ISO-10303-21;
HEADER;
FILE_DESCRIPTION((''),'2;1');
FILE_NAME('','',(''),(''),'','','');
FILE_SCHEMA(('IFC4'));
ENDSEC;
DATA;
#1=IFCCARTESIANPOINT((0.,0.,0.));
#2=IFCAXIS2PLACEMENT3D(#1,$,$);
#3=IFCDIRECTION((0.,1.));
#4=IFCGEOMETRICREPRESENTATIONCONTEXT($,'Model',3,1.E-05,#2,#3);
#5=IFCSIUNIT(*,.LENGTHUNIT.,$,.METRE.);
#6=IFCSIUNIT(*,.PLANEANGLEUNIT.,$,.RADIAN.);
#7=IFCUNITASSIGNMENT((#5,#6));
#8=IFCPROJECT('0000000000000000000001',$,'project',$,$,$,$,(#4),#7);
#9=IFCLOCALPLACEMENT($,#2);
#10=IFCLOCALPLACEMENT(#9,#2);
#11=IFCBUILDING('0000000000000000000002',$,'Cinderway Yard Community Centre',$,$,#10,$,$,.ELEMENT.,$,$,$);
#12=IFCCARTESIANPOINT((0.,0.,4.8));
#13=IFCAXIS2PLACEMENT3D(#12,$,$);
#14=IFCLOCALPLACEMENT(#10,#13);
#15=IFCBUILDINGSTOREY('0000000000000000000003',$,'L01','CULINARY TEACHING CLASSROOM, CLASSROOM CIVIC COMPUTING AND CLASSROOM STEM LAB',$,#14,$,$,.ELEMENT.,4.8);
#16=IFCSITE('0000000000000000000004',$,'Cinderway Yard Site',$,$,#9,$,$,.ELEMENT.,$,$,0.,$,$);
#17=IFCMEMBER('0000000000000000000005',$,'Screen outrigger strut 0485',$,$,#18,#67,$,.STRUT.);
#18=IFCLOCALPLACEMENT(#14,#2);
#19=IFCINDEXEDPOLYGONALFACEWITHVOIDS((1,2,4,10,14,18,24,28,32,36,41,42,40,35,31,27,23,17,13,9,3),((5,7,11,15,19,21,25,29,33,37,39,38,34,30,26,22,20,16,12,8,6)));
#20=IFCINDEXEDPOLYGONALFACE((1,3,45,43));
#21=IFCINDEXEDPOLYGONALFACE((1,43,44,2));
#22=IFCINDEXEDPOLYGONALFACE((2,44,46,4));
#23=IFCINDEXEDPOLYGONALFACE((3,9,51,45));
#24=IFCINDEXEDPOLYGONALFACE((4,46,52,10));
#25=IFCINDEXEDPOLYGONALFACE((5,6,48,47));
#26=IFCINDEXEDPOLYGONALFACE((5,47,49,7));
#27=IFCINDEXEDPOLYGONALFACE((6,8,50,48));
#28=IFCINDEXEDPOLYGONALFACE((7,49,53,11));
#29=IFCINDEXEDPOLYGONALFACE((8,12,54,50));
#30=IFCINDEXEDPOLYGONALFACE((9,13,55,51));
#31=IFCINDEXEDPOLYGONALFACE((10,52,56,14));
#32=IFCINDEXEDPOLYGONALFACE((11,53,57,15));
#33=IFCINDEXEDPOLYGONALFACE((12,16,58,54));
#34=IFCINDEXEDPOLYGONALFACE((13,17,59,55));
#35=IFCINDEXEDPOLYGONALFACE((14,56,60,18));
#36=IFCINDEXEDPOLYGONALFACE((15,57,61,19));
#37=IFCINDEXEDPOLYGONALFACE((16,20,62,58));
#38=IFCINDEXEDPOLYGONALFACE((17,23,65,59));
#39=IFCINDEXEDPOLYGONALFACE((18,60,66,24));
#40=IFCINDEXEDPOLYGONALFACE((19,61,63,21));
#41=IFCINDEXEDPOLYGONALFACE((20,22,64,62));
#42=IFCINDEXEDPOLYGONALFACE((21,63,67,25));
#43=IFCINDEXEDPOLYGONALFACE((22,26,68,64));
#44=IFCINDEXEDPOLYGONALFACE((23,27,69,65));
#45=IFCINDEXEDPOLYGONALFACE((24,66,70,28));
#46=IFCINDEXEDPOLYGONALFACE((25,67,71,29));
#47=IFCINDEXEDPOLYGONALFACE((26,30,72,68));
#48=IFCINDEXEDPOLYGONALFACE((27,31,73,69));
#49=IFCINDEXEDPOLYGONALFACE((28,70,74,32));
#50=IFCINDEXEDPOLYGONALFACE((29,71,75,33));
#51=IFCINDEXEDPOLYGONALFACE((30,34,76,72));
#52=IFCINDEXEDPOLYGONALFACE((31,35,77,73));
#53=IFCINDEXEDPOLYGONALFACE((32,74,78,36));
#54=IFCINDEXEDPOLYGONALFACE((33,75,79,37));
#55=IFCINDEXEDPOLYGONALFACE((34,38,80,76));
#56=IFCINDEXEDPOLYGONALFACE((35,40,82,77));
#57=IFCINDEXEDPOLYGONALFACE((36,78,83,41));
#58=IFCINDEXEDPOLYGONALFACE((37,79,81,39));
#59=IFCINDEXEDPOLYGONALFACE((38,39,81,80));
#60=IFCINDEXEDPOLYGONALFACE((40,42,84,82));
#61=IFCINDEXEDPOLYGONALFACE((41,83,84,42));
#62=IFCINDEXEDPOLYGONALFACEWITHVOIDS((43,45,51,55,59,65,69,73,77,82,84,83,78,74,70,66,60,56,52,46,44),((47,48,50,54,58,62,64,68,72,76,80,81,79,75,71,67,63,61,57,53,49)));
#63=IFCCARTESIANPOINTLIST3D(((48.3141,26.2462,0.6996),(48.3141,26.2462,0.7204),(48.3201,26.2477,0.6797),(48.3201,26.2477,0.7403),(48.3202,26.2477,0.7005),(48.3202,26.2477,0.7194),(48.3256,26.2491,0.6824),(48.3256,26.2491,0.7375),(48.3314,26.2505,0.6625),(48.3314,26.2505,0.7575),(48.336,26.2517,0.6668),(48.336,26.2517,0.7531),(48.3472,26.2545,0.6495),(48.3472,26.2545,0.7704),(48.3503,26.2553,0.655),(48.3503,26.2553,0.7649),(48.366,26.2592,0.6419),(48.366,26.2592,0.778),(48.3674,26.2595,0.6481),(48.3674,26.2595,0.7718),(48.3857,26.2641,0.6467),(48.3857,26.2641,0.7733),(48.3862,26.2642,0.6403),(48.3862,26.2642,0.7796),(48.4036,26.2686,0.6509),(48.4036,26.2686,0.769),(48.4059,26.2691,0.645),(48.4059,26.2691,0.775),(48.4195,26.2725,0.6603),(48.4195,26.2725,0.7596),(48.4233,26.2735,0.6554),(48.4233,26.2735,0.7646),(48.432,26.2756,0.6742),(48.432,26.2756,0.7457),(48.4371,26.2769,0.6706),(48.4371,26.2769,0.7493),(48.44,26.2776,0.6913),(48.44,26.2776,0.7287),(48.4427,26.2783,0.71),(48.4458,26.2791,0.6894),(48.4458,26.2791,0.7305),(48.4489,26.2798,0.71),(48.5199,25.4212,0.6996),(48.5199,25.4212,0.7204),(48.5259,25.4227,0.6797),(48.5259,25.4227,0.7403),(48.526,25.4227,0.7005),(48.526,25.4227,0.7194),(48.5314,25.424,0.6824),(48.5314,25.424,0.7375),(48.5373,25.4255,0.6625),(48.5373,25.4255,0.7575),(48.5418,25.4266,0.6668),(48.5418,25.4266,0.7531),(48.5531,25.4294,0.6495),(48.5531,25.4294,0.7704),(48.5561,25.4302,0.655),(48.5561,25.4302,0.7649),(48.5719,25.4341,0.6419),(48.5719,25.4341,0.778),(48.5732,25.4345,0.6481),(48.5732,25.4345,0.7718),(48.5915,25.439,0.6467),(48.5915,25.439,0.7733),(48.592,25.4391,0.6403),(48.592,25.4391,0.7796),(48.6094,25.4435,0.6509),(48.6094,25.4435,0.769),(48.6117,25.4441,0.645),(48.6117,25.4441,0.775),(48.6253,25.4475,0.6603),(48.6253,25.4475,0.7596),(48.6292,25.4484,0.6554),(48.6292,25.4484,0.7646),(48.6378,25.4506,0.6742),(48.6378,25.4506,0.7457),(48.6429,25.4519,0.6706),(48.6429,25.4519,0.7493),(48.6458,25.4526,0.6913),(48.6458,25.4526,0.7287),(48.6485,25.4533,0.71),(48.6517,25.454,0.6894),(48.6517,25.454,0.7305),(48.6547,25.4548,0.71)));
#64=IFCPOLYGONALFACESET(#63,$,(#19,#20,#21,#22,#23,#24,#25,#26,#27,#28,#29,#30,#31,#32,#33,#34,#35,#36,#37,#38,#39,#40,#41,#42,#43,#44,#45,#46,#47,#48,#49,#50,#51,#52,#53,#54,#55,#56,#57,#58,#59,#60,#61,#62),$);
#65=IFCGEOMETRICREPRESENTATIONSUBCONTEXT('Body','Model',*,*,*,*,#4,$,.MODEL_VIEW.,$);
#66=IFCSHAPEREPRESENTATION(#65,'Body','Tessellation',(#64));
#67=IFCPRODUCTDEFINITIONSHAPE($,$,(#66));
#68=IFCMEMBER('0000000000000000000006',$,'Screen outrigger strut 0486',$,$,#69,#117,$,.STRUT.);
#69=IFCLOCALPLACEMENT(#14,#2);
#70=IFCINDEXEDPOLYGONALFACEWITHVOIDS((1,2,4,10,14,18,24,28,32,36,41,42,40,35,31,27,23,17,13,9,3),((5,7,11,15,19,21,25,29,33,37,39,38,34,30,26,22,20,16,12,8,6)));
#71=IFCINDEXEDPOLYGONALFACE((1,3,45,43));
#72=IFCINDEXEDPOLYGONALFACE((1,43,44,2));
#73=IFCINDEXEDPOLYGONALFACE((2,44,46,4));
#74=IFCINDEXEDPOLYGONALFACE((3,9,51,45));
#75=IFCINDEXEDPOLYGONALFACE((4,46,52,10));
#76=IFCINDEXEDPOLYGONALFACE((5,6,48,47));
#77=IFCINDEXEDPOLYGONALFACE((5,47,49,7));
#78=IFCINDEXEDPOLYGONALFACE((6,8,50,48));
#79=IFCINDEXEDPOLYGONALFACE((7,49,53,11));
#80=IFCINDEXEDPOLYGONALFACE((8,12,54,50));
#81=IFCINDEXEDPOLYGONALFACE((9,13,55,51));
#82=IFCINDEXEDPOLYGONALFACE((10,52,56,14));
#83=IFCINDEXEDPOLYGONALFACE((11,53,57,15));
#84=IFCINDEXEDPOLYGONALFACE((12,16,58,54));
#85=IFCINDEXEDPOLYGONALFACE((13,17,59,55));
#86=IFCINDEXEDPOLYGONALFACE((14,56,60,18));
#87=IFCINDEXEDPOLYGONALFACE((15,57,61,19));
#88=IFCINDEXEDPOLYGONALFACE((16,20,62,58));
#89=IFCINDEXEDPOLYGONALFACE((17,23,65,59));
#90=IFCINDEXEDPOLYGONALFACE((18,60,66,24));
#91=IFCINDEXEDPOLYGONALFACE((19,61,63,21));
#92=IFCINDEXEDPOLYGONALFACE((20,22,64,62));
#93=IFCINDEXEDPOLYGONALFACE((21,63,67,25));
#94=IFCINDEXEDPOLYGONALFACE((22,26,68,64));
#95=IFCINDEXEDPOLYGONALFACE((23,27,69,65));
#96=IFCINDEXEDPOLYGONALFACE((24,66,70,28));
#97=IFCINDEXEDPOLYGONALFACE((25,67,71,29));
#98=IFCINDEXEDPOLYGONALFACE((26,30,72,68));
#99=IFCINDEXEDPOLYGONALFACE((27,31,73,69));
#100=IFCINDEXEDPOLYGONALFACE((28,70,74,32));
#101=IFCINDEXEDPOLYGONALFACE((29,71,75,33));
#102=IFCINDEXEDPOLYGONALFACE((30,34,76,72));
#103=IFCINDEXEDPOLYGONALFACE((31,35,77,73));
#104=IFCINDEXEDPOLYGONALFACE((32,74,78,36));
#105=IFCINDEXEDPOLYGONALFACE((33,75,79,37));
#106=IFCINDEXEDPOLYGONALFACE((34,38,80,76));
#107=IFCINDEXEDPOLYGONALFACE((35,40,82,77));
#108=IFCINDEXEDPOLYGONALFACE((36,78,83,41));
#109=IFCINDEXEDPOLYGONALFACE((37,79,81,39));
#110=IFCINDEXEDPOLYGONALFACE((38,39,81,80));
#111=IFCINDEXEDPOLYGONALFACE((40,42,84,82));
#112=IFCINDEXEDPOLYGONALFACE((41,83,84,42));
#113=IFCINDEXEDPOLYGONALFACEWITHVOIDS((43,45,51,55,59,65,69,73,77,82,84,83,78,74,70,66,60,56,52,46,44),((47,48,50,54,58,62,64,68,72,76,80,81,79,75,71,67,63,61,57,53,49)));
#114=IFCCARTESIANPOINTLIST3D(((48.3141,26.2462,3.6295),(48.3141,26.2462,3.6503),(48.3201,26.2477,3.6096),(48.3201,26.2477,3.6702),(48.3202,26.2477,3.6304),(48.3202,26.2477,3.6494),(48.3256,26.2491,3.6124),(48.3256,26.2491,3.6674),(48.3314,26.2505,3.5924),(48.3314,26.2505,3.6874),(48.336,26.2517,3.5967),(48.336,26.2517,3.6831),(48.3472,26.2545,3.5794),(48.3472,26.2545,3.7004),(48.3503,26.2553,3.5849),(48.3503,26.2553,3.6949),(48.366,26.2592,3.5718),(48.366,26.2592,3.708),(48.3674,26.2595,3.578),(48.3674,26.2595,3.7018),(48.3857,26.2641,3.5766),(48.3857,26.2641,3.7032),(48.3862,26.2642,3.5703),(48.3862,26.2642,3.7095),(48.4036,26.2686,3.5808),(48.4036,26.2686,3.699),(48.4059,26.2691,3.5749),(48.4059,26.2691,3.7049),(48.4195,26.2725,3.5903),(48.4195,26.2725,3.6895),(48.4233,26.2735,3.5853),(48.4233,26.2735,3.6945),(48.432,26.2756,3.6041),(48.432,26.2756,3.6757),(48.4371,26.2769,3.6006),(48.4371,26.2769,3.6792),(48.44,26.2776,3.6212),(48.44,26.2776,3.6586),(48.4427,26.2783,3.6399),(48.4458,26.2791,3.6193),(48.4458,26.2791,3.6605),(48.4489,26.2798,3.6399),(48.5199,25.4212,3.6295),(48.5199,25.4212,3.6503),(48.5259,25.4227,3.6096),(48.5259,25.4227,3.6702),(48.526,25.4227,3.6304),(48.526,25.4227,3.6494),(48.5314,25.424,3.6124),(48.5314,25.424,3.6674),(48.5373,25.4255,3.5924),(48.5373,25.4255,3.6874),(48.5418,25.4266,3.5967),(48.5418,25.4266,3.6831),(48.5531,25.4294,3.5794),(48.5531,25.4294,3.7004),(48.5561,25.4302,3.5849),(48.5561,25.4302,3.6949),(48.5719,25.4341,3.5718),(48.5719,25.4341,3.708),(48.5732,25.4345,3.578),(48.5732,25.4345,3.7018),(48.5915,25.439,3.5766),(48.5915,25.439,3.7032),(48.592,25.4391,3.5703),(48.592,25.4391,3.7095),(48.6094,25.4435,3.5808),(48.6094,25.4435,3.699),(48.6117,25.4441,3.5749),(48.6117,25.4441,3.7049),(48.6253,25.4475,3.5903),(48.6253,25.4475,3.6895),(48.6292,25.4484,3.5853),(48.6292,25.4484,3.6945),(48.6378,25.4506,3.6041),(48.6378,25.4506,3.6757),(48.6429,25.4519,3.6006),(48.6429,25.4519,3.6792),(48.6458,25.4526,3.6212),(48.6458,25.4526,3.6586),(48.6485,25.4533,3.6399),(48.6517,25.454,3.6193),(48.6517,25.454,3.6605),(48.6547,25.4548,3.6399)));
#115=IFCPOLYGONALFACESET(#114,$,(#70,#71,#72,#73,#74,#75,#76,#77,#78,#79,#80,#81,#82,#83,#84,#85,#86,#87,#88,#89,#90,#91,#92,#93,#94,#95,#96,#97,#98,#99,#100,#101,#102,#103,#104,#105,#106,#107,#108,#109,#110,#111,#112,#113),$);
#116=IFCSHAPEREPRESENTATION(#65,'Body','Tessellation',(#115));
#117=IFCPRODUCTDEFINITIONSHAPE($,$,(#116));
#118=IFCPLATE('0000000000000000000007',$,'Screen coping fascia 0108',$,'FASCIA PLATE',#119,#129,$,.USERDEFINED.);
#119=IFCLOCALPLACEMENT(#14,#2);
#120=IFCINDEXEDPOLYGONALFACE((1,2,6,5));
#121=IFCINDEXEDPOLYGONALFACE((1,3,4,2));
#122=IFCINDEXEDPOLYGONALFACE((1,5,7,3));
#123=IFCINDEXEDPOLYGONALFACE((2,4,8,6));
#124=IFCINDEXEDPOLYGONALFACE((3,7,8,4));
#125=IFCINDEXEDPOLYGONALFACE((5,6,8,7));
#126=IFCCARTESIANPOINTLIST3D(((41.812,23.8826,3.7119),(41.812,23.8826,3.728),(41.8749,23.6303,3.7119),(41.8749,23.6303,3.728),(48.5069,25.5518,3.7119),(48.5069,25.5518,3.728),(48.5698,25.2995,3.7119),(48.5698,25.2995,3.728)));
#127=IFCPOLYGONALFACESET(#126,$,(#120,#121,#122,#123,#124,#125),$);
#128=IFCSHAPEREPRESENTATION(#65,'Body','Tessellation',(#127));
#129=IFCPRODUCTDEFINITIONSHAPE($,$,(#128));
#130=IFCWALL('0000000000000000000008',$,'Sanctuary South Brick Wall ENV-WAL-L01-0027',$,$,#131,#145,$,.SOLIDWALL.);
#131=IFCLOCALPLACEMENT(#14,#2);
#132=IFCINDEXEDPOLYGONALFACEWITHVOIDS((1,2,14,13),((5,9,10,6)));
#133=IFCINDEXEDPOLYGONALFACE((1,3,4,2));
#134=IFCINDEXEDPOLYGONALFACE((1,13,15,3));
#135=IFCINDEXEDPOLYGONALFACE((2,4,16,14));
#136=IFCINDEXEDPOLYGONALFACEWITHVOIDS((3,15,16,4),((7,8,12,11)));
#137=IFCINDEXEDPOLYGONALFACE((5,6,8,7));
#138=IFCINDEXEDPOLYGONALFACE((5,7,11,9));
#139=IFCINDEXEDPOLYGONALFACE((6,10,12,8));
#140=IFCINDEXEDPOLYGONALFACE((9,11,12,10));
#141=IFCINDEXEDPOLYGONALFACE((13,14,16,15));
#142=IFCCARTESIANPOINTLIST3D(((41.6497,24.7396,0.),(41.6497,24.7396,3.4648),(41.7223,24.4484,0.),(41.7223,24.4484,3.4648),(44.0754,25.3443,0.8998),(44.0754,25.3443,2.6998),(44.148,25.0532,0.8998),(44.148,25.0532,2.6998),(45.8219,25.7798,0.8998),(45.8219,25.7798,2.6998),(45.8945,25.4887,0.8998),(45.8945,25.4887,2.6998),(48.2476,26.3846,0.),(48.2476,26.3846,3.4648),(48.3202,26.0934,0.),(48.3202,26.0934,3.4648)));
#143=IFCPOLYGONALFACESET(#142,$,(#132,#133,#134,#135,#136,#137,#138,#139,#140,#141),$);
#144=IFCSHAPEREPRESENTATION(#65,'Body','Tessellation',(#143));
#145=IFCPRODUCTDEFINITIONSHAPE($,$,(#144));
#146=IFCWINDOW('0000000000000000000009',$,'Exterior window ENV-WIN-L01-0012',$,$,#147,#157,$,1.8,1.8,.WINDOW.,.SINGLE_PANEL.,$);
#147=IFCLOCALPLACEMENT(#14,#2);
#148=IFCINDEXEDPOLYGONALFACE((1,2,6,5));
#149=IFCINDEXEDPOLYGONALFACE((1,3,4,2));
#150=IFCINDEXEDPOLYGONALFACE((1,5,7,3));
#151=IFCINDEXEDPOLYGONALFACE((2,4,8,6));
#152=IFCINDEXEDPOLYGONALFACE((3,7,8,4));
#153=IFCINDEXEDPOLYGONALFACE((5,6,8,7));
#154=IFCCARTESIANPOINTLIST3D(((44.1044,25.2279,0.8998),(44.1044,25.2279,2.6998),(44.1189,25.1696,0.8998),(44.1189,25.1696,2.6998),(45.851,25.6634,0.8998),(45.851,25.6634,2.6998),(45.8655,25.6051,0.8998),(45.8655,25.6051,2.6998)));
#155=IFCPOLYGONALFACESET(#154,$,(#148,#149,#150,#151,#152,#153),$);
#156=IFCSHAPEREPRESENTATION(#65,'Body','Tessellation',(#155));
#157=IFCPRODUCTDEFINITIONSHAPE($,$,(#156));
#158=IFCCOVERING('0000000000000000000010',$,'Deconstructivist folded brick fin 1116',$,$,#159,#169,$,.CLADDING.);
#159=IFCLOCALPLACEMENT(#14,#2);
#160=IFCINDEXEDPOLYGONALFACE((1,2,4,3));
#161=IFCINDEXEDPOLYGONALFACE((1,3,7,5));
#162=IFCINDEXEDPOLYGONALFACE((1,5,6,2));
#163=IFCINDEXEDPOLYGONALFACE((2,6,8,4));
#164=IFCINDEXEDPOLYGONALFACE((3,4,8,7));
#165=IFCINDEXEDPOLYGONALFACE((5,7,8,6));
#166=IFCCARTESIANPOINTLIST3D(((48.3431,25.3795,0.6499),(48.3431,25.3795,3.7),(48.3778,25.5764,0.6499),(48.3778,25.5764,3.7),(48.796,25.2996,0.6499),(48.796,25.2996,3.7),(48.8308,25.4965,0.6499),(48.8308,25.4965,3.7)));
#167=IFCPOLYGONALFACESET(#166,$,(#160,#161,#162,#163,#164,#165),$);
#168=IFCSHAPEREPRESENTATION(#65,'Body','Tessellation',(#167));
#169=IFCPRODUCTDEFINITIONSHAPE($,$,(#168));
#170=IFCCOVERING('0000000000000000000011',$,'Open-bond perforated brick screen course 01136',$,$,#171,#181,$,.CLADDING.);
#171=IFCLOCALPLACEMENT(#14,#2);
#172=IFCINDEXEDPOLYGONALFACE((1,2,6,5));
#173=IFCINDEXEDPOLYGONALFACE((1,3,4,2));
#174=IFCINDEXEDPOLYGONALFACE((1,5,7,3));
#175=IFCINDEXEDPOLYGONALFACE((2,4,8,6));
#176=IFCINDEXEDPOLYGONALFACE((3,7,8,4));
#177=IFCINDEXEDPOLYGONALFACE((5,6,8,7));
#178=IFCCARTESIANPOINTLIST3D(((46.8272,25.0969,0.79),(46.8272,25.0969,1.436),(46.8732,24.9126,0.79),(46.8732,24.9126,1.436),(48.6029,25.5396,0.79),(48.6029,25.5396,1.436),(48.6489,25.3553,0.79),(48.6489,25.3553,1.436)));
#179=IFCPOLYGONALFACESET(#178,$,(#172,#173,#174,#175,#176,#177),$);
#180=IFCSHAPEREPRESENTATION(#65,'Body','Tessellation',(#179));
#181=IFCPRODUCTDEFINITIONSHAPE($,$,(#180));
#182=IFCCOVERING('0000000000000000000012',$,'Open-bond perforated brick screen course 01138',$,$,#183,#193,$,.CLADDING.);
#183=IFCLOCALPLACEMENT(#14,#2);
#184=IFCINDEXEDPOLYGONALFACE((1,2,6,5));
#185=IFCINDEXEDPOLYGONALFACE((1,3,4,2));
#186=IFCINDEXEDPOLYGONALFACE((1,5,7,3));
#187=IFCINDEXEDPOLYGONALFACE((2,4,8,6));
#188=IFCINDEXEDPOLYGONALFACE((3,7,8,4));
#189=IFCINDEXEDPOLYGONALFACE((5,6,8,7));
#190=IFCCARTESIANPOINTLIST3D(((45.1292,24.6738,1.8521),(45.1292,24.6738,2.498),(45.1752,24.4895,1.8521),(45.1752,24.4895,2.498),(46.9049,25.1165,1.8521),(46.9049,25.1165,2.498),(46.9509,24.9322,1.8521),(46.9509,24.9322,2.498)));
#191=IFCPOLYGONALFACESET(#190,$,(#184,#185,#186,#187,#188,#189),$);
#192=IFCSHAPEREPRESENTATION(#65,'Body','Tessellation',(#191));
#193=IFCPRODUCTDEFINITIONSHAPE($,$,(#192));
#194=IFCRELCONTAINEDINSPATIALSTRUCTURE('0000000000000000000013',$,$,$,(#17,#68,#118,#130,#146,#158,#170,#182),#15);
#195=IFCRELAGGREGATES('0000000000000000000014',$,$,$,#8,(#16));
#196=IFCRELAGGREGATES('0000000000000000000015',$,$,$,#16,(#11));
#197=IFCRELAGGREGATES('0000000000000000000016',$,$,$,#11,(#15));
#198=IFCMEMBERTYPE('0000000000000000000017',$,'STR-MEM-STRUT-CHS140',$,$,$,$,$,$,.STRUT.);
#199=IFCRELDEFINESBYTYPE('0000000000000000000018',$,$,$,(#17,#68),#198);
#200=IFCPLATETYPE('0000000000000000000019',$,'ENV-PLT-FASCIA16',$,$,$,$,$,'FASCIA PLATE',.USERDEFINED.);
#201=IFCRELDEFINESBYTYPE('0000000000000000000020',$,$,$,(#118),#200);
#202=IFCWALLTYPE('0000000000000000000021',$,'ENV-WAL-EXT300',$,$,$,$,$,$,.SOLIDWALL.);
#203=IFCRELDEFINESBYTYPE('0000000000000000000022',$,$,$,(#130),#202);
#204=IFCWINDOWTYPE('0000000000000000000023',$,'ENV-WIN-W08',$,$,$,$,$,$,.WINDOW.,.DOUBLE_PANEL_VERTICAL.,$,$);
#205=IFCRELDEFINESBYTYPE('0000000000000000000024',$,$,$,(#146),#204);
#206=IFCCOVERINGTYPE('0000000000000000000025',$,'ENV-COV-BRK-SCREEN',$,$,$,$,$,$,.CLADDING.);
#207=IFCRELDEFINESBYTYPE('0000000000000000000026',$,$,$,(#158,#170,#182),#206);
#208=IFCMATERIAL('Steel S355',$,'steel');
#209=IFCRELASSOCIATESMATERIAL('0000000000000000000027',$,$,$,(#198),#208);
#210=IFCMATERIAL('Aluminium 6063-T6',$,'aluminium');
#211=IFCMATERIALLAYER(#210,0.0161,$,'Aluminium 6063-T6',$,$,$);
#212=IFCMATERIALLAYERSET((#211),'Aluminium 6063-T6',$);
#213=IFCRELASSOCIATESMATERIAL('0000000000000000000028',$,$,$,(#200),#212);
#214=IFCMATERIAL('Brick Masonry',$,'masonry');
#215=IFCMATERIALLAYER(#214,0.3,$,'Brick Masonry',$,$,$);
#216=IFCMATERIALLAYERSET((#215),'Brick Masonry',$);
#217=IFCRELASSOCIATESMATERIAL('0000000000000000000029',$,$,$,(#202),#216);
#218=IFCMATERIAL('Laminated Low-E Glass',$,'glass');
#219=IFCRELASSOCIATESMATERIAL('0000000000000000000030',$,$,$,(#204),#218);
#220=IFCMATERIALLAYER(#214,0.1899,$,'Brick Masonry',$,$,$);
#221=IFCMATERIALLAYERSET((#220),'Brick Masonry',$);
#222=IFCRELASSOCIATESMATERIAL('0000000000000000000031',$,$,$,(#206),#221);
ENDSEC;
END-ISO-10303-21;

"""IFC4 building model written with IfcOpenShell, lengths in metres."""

from ifc_helpers import new_model, si_unit, direction, frame, frame_2d, origin, origin_2d, place, context, subcontext, project, spatial, rectangle, hollow_circle, extrude, material, layer, layer_set, material_profile, profile_set, type_object, element, fill, save


model = new_model("IFC4")

# Units and contexts
model_context = context("Model", 3, precision=1e-05, world=origin(), true_north=direction((0.0, 1.0)))
body_context = subcontext(model_context, "Body", "Model", "MODEL_VIEW")
ifc_project = project(units=[si_unit("LENGTHUNIT", "METRE"), si_unit("PLANEANGLEUNIT", "RADIAN")], contexts=[model_context])

# Site, building, storey
site_placement = place(None, origin())
site = spatial("IfcSite", under=ifc_project, at=site_placement, Name="Cinderway Yard Site", CompositionType="ELEMENT", RefElevation=0.0)
building_placement = place(site_placement, origin())
building = spatial("IfcBuilding", under=site, at=building_placement, Name="Cinderway Yard Community Centre", CompositionType="ELEMENT")
storey_placement = place(building_placement, frame((0.0, 0.0, 4.8)))
storey = spatial("IfcBuildingStorey", under=building, at=storey_placement, Name="L01", Description="CULINARY TEACHING CLASSROOM, CLASSROOM CIVIC COMPUTING AND CLASSROOM STEM LAB", CompositionType="ELEMENT", Elevation=4.8)

# Shared definitions
ifc_material_1 = material(Name="Steel S355", Category="steel")

# Members
ifc_material_profile_1 = material_profile(ifc_material_1, hollow_circle(Radius=0.0698, WallThickness=0.0063, at=origin_2d()), Name="Steel S355")
ifc_profile_set_1 = profile_set([ifc_material_profile_1], Name="Steel S355")
member_type_1 = type_object("IfcMemberType", Name="STR-MEM-STRUT-CHS140", PredefinedType="STRUT", material=ifc_profile_set_1)
for number, where, z_axis, x_axis, name in (
    (1, (48.3811, 26.2629, 0.71), (0.242063, -0.970261, 0.0), (0.970261, 0.242063, 0.0), "Screen outrigger strut 0485"),
    (2, (48.3811, 26.2629, 3.6399), (0.242063, -0.970261, 0.0), (0.970261, 0.242063, 0.0), "Screen outrigger strut 0486"),
):
    element("IfcMember", number, at=place(storey_placement, frame(where, z_axis=z_axis, x_axis=x_axis)), inside=storey, type_object=member_type_1, Name=name, PredefinedType="STRUT", context=body_context, shape_type="SweptSolid", body=[
        extrude(hollow_circle(Radius=0.0698, WallThickness=0.0063, at=origin_2d()), origin(), (0.0, 0.0, 1.0), 0.8503),
    ])

# Plate
ifc_material_2 = material(Name="Aluminium 6063-T6", Category="aluminium")
ifc_layer_1 = layer(ifc_material_2, 0.0161, Name="Aluminium 6063-T6")
ifc_layer_set_1 = layer_set([ifc_layer_1], Name="Aluminium 6063-T6")
plate_type = type_object("IfcPlateType", Name="ENV-PLT-FASCIA16", ElementType="FASCIA PLATE", PredefinedType="USERDEFINED", material=ifc_layer_set_1)
plate_placement = place(storey_placement, frame((45.1909, 24.5911, 3.7119), z_axis=(0.0, 0.0, 1.0), x_axis=(-0.970296, -0.241922, 0.0)))
element("IfcPlate", 3, at=plate_placement, inside=storey, type_object=plate_type, Name="Screen coping fascia 0108", ObjectType="FASCIA PLATE", PredefinedType="USERDEFINED", context=body_context, shape_type="SweptSolid", body=[
    extrude(rectangle(XDim=6.8999, YDim=0.26, at=origin_2d()), origin(), (0.0, 0.0, 1.0), 0.0161),
])

# Wall, opening, window
ifc_material_3 = material(Name="Brick Masonry", Category="masonry")
ifc_layer_2 = layer(ifc_material_3, 0.3, Name="Brick Masonry")
ifc_layer_set_2 = layer_set([ifc_layer_2], Name="Brick Masonry")
wall_type = type_object("IfcWallType", Name="ENV-WAL-EXT300", PredefinedType="SOLIDWALL", material=ifc_layer_set_2)
wall_placement = place(storey_placement, frame((41.686, 24.594, 0.0), z_axis=(0.0, 0.0, 1.0), x_axis=(0.970296, 0.241919, 0.0)))
wall = element("IfcWall", 4, at=wall_placement, inside=storey, type_object=wall_type, Name="Sanctuary South Brick Wall ENV-WAL-L01-0027", PredefinedType="SOLIDWALL", context=body_context, shape_type="SweptSolid", body=[
    extrude(rectangle(XDim=6.7998, YDim=0.3, at=frame_2d((3.3999, 0.0))), origin(), (0.0, 0.0, 1.0), 3.4648),
])
opening_placement = place(wall_placement, frame((2.5, 0.0, 0.8999)))
opening = element("IfcOpeningElement", 5, at=opening_placement, cuts=wall, PredefinedType="OPENING", context=body_context, shape_type="SweptSolid", body=[
    extrude(rectangle(XDim=1.8, YDim=1.8, at=frame_2d((0.8999, 0.8999))), frame((0.0, 0.1599, 0.0), z_axis=(0.0, -1.0, 0.0), x_axis=(1.0, 0.0, 0.0)), (0.0, 0.0, 1.0), 0.3201),
])
ifc_material_4 = material(Name="Laminated Low-E Glass", Category="glass")
window_type = type_object("IfcWindowType", Name="ENV-WIN-W08", PartitioningType="DOUBLE_PANEL_VERTICAL", PredefinedType="WINDOW", material=ifc_material_4)
window_placement = place(opening_placement, origin())
window = element("IfcWindow", 6, at=window_placement, inside=storey, type_object=window_type, Name="Exterior window ENV-WIN-L01-0012", OverallHeight=1.8, OverallWidth=1.8, PartitioningType="SINGLE_PANEL", PredefinedType="WINDOW", context=body_context, shape_type="SweptSolid", body=[
    extrude(rectangle(XDim=1.8, YDim=1.8, at=frame_2d((0.8999, 0.8999))), frame((0.0, 0.03, 0.0), z_axis=(0.0, -1.0, 0.0), x_axis=(1.0, 0.0, 0.0)), (0.0, 0.0, 1.0), 0.0601),
])
fill(opening, window)

# Coverings
ifc_layer_3 = layer(ifc_material_3, 0.1899, Name="Brick Masonry")
ifc_layer_set_3 = layer_set([ifc_layer_3], Name="Brick Masonry")
covering_type = type_object("IfcCoveringType", Name="ENV-COV-BRK-SCREEN", PredefinedType="CLADDING", material=ifc_layer_set_3)
covering_placement = place(storey_placement, frame((48.5869, 25.438, 0.6499), z_axis=(0.0, 0.0, 1.0), x_axis=(-0.984808, 0.173648, 0.0)))
element("IfcCovering", 7, at=covering_placement, inside=storey, type_object=covering_type, Name="Deconstructivist folded brick fin 1116", PredefinedType="CLADDING", context=body_context, shape_type="SweptSolid", body=[
    extrude(rectangle(XDim=0.46, YDim=0.2, at=origin_2d()), origin(), (0.0, 0.0, 1.0), 3.05),
])
for number, where, z_axis, x_axis, name in (
    (8, (47.738, 25.2261, 0.79), (0.0, 0.0, 1.0), (-0.970296, -0.241922, 0.0), "Open-bond perforated brick screen course 01136"),
    (9, (46.04, 24.803, 1.8521), (0.0, 0.0, 1.0), (-0.970296, -0.241922, 0.0), "Open-bond perforated brick screen course 01138"),
):
    element("IfcCovering", number, at=place(storey_placement, frame(where, z_axis=z_axis, x_axis=x_axis)), inside=storey, type_object=covering_type, Name=name, PredefinedType="CLADDING", context=body_context, shape_type="SweptSolid", body=[
        extrude(rectangle(XDim=1.8301, YDim=0.1899, at=origin_2d()), origin(), (0.0, 0.0, 1.0), 0.646),
    ])

save(model, "model.ifc")
